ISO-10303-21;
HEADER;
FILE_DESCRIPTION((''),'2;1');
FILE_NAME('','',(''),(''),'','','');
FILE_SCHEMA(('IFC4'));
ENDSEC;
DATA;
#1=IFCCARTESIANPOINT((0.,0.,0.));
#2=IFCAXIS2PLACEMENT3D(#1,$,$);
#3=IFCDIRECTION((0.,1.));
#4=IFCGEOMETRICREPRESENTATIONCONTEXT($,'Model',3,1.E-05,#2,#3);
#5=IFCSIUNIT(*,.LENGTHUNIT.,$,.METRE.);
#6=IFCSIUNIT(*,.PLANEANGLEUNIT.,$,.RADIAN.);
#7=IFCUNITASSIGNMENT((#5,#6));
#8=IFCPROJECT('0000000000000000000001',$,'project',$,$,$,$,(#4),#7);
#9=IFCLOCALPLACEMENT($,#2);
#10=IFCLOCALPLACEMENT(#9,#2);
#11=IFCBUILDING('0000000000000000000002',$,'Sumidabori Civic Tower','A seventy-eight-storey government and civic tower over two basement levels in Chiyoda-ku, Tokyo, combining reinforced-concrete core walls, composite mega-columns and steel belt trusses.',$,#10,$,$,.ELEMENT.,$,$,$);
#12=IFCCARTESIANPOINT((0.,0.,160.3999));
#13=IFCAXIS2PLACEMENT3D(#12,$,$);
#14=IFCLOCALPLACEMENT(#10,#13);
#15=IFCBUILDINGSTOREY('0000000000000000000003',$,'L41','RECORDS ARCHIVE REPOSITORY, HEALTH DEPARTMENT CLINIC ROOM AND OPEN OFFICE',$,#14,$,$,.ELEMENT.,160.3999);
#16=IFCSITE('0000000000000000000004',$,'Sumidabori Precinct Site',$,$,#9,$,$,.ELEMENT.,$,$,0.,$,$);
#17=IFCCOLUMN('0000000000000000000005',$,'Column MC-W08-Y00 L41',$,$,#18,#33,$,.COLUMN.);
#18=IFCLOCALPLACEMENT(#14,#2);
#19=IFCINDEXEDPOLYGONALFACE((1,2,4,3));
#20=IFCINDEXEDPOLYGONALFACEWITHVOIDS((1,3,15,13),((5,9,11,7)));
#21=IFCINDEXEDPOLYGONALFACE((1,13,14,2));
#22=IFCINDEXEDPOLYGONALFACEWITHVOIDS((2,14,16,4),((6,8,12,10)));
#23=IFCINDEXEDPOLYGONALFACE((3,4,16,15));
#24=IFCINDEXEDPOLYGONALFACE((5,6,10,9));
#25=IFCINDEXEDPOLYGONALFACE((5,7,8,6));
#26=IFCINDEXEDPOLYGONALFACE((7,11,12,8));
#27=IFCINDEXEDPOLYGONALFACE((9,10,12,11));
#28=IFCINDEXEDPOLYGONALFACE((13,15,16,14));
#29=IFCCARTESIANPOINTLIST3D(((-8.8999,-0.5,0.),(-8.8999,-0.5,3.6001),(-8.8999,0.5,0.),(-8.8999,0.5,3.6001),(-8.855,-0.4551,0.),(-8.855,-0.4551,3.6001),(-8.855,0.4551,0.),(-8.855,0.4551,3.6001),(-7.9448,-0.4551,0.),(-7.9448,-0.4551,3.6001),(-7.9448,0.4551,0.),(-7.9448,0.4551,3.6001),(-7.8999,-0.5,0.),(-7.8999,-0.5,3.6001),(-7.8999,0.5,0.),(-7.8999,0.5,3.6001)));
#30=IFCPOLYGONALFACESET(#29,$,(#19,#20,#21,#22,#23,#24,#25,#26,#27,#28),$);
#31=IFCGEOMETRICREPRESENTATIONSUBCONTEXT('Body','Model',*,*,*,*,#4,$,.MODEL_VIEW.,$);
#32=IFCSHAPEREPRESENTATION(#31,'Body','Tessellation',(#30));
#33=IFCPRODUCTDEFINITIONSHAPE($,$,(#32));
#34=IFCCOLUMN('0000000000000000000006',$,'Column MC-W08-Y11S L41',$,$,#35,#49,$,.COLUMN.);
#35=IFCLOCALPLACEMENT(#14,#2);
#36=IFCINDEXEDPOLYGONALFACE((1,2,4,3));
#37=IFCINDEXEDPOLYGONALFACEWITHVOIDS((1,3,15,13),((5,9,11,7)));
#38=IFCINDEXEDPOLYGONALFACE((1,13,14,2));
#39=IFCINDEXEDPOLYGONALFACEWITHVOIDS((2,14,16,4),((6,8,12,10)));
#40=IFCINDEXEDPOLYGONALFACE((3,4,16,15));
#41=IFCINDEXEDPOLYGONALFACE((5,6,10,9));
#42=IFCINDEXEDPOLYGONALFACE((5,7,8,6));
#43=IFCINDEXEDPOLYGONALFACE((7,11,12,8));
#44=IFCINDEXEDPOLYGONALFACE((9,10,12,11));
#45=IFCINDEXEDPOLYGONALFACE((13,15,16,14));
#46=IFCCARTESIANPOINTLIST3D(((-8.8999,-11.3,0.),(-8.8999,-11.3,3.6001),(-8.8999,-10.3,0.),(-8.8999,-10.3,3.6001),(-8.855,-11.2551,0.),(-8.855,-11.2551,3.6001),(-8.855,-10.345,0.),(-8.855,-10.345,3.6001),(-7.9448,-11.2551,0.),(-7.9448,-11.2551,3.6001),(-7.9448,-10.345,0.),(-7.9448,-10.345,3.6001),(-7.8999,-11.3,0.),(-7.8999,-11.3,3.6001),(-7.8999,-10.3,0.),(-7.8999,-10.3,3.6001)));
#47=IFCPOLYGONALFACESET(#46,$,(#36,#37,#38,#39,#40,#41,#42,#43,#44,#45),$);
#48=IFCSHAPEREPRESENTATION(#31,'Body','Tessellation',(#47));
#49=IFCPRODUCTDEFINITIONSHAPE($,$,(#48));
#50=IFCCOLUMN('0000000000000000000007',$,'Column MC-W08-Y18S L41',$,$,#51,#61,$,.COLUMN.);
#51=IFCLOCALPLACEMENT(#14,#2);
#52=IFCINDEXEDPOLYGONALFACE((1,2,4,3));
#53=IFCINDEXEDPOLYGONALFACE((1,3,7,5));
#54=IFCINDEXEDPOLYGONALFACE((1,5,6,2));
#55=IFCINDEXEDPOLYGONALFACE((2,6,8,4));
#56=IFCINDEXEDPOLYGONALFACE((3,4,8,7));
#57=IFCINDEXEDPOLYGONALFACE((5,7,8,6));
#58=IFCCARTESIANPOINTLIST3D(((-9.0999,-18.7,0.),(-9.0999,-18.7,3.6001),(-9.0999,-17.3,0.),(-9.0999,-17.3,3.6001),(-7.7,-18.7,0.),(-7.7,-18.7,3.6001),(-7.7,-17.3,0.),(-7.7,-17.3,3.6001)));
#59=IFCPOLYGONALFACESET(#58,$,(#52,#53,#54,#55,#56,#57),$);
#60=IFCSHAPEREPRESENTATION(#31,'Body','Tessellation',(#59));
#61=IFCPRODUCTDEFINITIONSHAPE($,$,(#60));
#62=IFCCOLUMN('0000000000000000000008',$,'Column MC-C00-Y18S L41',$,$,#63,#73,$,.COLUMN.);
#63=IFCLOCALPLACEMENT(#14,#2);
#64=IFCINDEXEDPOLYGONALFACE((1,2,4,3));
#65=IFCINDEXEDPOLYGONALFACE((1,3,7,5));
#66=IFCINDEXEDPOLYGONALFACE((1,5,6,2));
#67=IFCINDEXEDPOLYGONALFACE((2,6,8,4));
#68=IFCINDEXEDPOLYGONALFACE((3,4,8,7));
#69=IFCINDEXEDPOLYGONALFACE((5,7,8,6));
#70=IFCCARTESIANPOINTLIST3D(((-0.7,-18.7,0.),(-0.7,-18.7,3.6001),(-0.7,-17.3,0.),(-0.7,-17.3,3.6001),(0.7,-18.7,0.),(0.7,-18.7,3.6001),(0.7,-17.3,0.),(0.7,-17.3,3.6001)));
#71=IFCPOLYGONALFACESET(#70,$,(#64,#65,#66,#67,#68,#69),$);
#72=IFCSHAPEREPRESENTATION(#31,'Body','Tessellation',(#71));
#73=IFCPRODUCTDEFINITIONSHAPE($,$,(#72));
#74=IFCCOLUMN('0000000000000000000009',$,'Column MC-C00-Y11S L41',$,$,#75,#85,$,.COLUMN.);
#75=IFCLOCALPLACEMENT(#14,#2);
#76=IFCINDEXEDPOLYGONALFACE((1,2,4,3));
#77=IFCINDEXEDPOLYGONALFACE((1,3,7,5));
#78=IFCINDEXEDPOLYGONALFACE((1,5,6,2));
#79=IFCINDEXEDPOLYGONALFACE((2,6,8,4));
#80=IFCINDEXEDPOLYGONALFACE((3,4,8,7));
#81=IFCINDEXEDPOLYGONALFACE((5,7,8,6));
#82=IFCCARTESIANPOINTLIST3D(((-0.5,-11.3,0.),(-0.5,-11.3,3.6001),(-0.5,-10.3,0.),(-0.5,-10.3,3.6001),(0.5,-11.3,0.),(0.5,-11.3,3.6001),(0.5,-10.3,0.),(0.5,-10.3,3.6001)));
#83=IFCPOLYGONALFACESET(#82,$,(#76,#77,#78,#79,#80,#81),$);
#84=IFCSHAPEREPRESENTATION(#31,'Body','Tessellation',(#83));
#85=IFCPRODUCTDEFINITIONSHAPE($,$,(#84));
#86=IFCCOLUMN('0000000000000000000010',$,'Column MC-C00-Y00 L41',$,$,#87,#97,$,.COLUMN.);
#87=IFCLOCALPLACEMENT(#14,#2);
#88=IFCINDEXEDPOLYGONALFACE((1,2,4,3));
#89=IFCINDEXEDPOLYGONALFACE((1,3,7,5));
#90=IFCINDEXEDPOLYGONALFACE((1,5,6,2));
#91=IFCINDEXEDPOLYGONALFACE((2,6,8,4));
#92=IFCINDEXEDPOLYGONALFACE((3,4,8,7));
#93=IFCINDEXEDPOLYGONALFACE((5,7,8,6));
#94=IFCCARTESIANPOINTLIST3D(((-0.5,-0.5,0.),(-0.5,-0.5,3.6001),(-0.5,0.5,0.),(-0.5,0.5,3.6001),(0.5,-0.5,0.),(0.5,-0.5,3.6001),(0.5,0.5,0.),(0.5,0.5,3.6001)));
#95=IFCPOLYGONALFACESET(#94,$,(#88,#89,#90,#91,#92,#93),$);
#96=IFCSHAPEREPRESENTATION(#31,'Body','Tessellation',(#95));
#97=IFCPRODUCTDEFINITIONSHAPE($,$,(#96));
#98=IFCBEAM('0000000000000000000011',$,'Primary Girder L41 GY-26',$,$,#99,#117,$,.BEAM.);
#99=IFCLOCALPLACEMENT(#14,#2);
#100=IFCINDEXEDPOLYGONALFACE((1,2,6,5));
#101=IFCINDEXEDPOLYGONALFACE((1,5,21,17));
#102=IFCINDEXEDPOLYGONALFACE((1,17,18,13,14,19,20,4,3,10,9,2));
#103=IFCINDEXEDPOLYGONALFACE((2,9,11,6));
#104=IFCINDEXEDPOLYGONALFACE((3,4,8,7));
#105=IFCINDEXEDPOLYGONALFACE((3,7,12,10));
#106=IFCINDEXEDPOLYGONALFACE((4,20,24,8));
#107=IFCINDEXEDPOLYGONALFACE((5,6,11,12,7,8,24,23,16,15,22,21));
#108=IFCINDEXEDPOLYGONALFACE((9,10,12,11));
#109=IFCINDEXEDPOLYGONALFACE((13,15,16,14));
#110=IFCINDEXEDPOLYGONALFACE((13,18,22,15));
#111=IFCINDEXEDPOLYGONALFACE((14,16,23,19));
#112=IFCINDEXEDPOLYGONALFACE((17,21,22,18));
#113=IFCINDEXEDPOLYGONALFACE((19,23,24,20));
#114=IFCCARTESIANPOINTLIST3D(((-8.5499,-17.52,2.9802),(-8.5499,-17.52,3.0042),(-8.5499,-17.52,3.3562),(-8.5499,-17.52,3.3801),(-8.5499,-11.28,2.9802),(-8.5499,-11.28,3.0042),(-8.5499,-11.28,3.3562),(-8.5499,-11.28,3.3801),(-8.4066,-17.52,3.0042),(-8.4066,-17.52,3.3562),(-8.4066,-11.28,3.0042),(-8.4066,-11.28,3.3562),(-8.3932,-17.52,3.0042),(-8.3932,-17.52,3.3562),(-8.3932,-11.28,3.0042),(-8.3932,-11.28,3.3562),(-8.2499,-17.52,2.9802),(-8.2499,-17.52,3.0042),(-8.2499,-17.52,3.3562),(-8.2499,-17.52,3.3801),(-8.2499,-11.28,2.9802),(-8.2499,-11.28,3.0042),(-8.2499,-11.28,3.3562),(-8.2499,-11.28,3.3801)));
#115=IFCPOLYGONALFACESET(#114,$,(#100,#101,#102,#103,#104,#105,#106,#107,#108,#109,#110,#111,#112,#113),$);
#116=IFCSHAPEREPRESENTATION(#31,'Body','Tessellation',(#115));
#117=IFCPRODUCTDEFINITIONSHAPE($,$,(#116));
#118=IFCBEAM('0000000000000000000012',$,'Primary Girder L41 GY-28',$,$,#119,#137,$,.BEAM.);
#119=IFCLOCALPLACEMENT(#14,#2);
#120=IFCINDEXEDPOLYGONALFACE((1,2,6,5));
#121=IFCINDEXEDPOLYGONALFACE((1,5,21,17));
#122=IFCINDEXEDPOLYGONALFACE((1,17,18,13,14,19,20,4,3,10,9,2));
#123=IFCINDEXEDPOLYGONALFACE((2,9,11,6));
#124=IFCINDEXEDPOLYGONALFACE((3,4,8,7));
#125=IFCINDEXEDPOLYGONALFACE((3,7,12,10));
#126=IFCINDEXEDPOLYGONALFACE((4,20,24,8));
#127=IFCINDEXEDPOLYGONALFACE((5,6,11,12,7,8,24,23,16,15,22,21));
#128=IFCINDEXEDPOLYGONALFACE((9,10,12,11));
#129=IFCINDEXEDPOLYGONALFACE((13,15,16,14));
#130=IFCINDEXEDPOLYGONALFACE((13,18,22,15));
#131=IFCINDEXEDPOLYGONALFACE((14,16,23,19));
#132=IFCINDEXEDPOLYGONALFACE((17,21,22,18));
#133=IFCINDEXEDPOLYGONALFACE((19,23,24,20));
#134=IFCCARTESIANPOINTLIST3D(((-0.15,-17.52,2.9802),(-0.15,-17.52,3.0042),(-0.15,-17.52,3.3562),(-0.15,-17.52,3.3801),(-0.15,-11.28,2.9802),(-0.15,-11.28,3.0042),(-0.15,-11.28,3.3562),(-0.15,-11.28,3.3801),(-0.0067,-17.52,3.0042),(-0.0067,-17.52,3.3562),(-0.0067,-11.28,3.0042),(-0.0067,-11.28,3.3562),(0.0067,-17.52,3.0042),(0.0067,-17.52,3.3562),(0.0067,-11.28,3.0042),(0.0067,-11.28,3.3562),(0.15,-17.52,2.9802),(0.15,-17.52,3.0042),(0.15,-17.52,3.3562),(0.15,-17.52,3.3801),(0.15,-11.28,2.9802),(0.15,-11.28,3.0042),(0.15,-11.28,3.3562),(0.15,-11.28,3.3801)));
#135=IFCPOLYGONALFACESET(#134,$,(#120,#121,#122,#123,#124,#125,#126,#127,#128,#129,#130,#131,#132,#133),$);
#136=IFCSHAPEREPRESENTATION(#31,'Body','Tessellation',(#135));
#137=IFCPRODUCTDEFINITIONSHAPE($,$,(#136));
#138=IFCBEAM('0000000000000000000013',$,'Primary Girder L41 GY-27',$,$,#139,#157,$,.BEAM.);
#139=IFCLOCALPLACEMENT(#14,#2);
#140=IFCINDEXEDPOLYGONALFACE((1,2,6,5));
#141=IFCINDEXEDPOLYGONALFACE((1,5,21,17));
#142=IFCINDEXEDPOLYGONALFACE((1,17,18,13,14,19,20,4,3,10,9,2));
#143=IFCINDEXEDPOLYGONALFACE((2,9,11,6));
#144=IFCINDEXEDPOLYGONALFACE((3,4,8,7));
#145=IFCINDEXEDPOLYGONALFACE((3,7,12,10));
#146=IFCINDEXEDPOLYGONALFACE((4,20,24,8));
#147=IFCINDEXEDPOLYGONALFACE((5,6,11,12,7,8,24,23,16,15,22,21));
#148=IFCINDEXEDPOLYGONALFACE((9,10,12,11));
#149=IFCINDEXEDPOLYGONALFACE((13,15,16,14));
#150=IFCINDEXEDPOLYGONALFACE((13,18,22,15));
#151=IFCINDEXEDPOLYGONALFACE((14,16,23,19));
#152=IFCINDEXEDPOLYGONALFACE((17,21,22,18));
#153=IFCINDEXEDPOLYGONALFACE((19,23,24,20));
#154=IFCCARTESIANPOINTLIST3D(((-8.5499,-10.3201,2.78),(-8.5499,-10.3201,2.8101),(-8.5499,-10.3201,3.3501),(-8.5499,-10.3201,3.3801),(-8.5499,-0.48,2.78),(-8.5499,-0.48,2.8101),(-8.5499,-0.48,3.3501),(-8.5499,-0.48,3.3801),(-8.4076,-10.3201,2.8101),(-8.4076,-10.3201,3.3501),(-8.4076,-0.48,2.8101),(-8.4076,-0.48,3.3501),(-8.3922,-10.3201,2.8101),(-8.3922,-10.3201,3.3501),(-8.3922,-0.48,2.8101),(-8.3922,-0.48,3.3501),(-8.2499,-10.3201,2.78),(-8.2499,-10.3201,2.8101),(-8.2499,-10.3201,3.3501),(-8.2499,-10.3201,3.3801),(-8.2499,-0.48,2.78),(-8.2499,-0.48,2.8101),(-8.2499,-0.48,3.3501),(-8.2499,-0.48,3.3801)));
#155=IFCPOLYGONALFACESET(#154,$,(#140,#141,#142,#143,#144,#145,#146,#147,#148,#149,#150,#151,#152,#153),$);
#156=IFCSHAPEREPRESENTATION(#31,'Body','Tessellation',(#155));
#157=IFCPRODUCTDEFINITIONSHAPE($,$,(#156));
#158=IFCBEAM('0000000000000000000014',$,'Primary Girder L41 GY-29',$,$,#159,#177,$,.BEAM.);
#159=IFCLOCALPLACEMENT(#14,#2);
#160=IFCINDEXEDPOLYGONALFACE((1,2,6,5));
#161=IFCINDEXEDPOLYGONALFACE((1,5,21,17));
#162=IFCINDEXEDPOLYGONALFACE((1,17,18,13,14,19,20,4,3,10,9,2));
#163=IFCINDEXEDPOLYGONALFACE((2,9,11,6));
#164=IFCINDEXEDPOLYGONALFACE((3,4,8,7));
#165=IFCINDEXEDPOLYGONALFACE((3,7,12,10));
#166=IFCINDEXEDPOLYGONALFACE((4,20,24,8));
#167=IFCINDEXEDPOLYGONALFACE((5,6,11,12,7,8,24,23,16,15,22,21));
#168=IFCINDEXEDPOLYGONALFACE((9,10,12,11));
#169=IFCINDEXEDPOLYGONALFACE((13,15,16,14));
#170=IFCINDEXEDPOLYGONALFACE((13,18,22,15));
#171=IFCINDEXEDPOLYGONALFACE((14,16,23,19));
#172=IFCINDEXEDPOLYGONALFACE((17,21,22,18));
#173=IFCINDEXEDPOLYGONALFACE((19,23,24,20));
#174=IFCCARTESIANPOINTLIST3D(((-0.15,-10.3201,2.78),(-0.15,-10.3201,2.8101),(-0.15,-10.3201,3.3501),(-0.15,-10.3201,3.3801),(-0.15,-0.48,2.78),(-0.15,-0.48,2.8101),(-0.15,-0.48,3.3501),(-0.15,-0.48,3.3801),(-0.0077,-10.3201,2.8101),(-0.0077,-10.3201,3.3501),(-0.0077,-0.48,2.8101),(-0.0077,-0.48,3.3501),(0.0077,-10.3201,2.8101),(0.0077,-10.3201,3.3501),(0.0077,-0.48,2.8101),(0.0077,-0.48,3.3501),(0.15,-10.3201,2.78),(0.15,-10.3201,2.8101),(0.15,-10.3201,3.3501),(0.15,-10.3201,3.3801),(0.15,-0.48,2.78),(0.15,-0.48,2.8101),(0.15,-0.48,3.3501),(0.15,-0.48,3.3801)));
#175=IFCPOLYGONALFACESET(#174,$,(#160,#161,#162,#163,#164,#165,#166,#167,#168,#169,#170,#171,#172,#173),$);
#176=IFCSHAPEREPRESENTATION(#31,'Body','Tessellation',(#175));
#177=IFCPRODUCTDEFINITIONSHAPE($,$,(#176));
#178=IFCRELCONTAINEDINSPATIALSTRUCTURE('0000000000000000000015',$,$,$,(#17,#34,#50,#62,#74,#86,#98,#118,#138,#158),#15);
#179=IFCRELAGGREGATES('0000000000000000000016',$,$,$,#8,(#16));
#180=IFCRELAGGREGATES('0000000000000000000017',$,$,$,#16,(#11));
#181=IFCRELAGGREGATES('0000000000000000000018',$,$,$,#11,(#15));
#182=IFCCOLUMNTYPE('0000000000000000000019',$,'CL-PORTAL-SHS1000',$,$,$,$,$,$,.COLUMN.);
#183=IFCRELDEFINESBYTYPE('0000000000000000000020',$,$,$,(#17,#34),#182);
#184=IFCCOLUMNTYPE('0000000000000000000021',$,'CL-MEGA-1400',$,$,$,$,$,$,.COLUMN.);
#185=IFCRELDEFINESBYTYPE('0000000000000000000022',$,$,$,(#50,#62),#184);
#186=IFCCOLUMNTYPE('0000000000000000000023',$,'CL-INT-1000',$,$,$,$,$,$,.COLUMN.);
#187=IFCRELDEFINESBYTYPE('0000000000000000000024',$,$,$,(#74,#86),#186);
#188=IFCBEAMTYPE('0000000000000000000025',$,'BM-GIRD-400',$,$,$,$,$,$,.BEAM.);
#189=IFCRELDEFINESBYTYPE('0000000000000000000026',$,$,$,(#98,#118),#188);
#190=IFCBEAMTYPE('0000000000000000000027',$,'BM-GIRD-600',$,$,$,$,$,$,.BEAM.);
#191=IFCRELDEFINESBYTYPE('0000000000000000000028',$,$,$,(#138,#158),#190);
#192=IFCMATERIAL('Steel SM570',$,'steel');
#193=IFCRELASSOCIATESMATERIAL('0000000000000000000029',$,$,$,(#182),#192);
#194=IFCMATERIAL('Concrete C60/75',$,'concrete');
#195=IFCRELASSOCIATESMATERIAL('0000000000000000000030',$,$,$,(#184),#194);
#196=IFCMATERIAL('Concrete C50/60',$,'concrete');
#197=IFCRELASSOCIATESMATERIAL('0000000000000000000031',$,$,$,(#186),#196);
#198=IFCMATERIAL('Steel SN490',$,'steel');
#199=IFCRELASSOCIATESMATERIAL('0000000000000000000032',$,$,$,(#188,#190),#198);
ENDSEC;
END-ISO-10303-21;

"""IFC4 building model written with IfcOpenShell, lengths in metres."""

from ifc_helpers import new_model, si_unit, direction, frame, origin, origin_2d, place, context, subcontext, project, spatial, rectangle, hollow_rectangle, i_section, extrude, source, transform, mapped, material, material_profile, profile_set, type_object, element, save


model = new_model("IFC4")

# Units and contexts
model_context = context("Model", 3, precision=1e-05, world=origin(), true_north=direction((0.0, 1.0)))
body_context = subcontext(model_context, "Body", "Model", "MODEL_VIEW")
ifc_project = project(units=[si_unit("LENGTHUNIT", "METRE"), si_unit("PLANEANGLEUNIT", "RADIAN")], contexts=[model_context])

# Site, building, storey
site_placement = place(None, origin())
site = spatial("IfcSite", under=ifc_project, at=site_placement, Name="Sumidabori Precinct Site", CompositionType="ELEMENT", RefElevation=0.0)
building_placement = place(site_placement, origin())
building = spatial("IfcBuilding", under=site, at=building_placement, Name="Sumidabori Civic Tower", Description="A seventy-eight-storey government and civic tower over two basement levels in Chiyoda-ku, Tokyo, combining reinforced-concrete core walls, composite mega-columns and steel belt trusses.", CompositionType="ELEMENT")
storey_placement = place(building_placement, frame((0.0, 0.0, 160.3999)))
storey = spatial("IfcBuildingStorey", under=building, at=storey_placement, Name="L41", Description="RECORDS ARCHIVE REPOSITORY, HEALTH DEPARTMENT CLINIC ROOM AND OPEN OFFICE", CompositionType="ELEMENT", Elevation=160.3999)

# Columns
ifc_material_1 = material(Name="Steel SM570", Category="steel")
ifc_material_profile_1 = material_profile(ifc_material_1, hollow_rectangle(XDim=1.0, YDim=1.0, WallThickness=0.0449, at=origin_2d()), Name="SHS 1000x1000x45")
ifc_profile_set_1 = profile_set([ifc_material_profile_1], Name="Steel SM570")
column_type_1 = type_object("IfcColumnType", Name="CL-PORTAL-SHS1000", PredefinedType="COLUMN", material=ifc_profile_set_1)
shared_shape_1 = source(origin(), body_context, "Body", "SweptSolid", [
    extrude(hollow_rectangle(XDim=1.0, YDim=1.0, WallThickness=0.0449, at=origin_2d()), origin(), (0.0, 0.0, 1.0), 3.6001),
])
for number, where, z_axis, x_axis, name in (
    (1, (-8.3999, 0.0, 0.0), (0.0, 0.0, 1.0), (1.0, 0.0, 0.0), "Column MC-W08-Y00 L41"),
    (2, (-8.3999, -10.8, 0.0), (0.0, 0.0, 1.0), (1.0, 0.0, 0.0), "Column MC-W08-Y11S L41"),
):
    element("IfcColumn", number, at=place(storey_placement, frame(where, z_axis=z_axis, x_axis=x_axis)), inside=storey, type_object=column_type_1, Name=name, PredefinedType="COLUMN", context=body_context, shape_type="MappedRepresentation", body=[
        mapped(shared_shape_1, transform((0.0, 0.0, 0.0), x_axis=(1.0, 0.0, 0.0), y_axis=(0.0, 1.0, 0.0), z_axis=(0.0, 0.0, 1.0), scale=1.0)),
    ])
ifc_material_2 = material(Name="Concrete C60/75", Category="concrete")
ifc_material_profile_2 = material_profile(ifc_material_2, rectangle(XDim=1.3999, YDim=1.3999, at=origin_2d()), Name="RC 1400x1400")
ifc_profile_set_2 = profile_set([ifc_material_profile_2], Name="Concrete C60/75")
column_type_2 = type_object("IfcColumnType", Name="CL-MEGA-1400", PredefinedType="COLUMN", material=ifc_profile_set_2)
shared_shape_2 = source(origin(), body_context, "Body", "SweptSolid", [
    extrude(rectangle(XDim=1.3999, YDim=1.3999, at=origin_2d()), origin(), (0.0, 0.0, 1.0), 3.6001),
])
for number, where, z_axis, x_axis, name in (
    (3, (-8.3999, -18.0, 0.0), (0.0, 0.0, 1.0), (1.0, 0.0, 0.0), "Column MC-W08-Y18S L41"),
    (4, (0.0, -18.0, 0.0), (0.0, 0.0, 1.0), (1.0, 0.0, 0.0), "Column MC-C00-Y18S L41"),
):
    element("IfcColumn", number, at=place(storey_placement, frame(where, z_axis=z_axis, x_axis=x_axis)), inside=storey, type_object=column_type_2, Name=name, PredefinedType="COLUMN", context=body_context, shape_type="MappedRepresentation", body=[
        mapped(shared_shape_2, transform((0.0, 0.0, 0.0), x_axis=(1.0, 0.0, 0.0), y_axis=(0.0, 1.0, 0.0), z_axis=(0.0, 0.0, 1.0), scale=1.0)),
    ])
ifc_material_3 = material(Name="Concrete C50/60", Category="concrete")
ifc_material_profile_3 = material_profile(ifc_material_3, rectangle(XDim=1.0, YDim=1.0, at=origin_2d()), Name="RC 1000x1000")
ifc_profile_set_3 = profile_set([ifc_material_profile_3], Name="Concrete C50/60")
column_type_3 = type_object("IfcColumnType", Name="CL-INT-1000", PredefinedType="COLUMN", material=ifc_profile_set_3)
shared_shape_3 = source(origin(), body_context, "Body", "SweptSolid", [
    extrude(rectangle(XDim=1.0, YDim=1.0, at=origin_2d()), origin(), (0.0, 0.0, 1.0), 3.6001),
])
for number, where, z_axis, x_axis, name in (
    (5, (0.0, -10.8, 0.0), (0.0, 0.0, 1.0), (1.0, 0.0, 0.0), "Column MC-C00-Y11S L41"),
    (6, (0.0, 0.0, 0.0), (0.0, 0.0, 1.0), (1.0, 0.0, 0.0), "Column MC-C00-Y00 L41"),
):
    element("IfcColumn", number, at=place(storey_placement, frame(where, z_axis=z_axis, x_axis=x_axis)), inside=storey, type_object=column_type_3, Name=name, PredefinedType="COLUMN", context=body_context, shape_type="MappedRepresentation", body=[
        mapped(shared_shape_3, transform((0.0, 0.0, 0.0), x_axis=(1.0, 0.0, 0.0), y_axis=(0.0, 1.0, 0.0), z_axis=(0.0, 0.0, 1.0), scale=1.0)),
    ])

# Beams
ifc_material_4 = material(Name="Steel SN490", Category="steel")
ifc_material_profile_4 = material_profile(ifc_material_4, i_section(OverallWidth=0.3, OverallDepth=0.3999, WebThickness=0.0134, FlangeThickness=0.0239, at=origin_2d()), Name="HE 400 B")
ifc_profile_set_4 = profile_set([ifc_material_profile_4], Name="Steel SN490")
beam_type_1 = type_object("IfcBeamType", Name="BM-GIRD-400", PredefinedType="BEAM", material=ifc_profile_set_4)
shared_shape_4 = source(origin(), body_context, "Body", "SweptSolid", [
    extrude(i_section(OverallWidth=0.3, OverallDepth=0.3999, WebThickness=0.0134, FlangeThickness=0.0239, at=origin_2d()), origin(), (0.0, 0.0, 1.0), 6.24),
])
for number, where, z_axis, x_axis, name in (
    (7, (-8.3999, -17.52, 3.1802), (0.0, 1.0, 0.0), (-1.0, 0.0, 0.0), "Primary Girder L41 GY-26"),
    (8, (0.0, -17.52, 3.1802), (0.0, 1.0, 0.0), (-1.0, 0.0, 0.0), "Primary Girder L41 GY-28"),
):
    element("IfcBeam", number, at=place(storey_placement, frame(where, z_axis=z_axis, x_axis=x_axis)), inside=storey, type_object=beam_type_1, Name=name, PredefinedType="BEAM", context=body_context, shape_type="MappedRepresentation", body=[
        mapped(shared_shape_4, transform((0.0, 0.0, 0.0), x_axis=(1.0, 0.0, 0.0), y_axis=(0.0, 1.0, 0.0), z_axis=(0.0, 0.0, 1.0), scale=1.0)),
    ])
ifc_material_profile_5 = material_profile(ifc_material_4, i_section(OverallWidth=0.3, OverallDepth=0.6001, WebThickness=0.0154, FlangeThickness=0.03, at=origin_2d()), Name="HE 600 B")
ifc_profile_set_5 = profile_set([ifc_material_profile_5], Name="Steel SN490")
beam_type_2 = type_object("IfcBeamType", Name="BM-GIRD-600", PredefinedType="BEAM", material=ifc_profile_set_5)
shared_shape_5 = source(origin(), body_context, "Body", "SweptSolid", [
    extrude(i_section(OverallWidth=0.3, OverallDepth=0.6001, WebThickness=0.0154, FlangeThickness=0.03, at=origin_2d()), origin(), (0.0, 0.0, 1.0), 9.8401),
])
for number, where, z_axis, x_axis, name in (
    (9, (-8.3999, -10.3201, 3.0801), (0.0, 1.0, 0.0), (-1.0, 0.0, 0.0), "Primary Girder L41 GY-27"),
    (10, (0.0, -10.3201, 3.0801), (0.0, 1.0, 0.0), (-1.0, 0.0, 0.0), "Primary Girder L41 GY-29"),
):
    element("IfcBeam", number, at=place(storey_placement, frame(where, z_axis=z_axis, x_axis=x_axis)), inside=storey, type_object=beam_type_2, Name=name, PredefinedType="BEAM", context=body_context, shape_type="MappedRepresentation", body=[
        mapped(shared_shape_5, transform((0.0, 0.0, 0.0), x_axis=(1.0, 0.0, 0.0), y_axis=(0.0, 1.0, 0.0), z_axis=(0.0, 0.0, 1.0), scale=1.0)),
    ])

save(model, "model.ifc")
